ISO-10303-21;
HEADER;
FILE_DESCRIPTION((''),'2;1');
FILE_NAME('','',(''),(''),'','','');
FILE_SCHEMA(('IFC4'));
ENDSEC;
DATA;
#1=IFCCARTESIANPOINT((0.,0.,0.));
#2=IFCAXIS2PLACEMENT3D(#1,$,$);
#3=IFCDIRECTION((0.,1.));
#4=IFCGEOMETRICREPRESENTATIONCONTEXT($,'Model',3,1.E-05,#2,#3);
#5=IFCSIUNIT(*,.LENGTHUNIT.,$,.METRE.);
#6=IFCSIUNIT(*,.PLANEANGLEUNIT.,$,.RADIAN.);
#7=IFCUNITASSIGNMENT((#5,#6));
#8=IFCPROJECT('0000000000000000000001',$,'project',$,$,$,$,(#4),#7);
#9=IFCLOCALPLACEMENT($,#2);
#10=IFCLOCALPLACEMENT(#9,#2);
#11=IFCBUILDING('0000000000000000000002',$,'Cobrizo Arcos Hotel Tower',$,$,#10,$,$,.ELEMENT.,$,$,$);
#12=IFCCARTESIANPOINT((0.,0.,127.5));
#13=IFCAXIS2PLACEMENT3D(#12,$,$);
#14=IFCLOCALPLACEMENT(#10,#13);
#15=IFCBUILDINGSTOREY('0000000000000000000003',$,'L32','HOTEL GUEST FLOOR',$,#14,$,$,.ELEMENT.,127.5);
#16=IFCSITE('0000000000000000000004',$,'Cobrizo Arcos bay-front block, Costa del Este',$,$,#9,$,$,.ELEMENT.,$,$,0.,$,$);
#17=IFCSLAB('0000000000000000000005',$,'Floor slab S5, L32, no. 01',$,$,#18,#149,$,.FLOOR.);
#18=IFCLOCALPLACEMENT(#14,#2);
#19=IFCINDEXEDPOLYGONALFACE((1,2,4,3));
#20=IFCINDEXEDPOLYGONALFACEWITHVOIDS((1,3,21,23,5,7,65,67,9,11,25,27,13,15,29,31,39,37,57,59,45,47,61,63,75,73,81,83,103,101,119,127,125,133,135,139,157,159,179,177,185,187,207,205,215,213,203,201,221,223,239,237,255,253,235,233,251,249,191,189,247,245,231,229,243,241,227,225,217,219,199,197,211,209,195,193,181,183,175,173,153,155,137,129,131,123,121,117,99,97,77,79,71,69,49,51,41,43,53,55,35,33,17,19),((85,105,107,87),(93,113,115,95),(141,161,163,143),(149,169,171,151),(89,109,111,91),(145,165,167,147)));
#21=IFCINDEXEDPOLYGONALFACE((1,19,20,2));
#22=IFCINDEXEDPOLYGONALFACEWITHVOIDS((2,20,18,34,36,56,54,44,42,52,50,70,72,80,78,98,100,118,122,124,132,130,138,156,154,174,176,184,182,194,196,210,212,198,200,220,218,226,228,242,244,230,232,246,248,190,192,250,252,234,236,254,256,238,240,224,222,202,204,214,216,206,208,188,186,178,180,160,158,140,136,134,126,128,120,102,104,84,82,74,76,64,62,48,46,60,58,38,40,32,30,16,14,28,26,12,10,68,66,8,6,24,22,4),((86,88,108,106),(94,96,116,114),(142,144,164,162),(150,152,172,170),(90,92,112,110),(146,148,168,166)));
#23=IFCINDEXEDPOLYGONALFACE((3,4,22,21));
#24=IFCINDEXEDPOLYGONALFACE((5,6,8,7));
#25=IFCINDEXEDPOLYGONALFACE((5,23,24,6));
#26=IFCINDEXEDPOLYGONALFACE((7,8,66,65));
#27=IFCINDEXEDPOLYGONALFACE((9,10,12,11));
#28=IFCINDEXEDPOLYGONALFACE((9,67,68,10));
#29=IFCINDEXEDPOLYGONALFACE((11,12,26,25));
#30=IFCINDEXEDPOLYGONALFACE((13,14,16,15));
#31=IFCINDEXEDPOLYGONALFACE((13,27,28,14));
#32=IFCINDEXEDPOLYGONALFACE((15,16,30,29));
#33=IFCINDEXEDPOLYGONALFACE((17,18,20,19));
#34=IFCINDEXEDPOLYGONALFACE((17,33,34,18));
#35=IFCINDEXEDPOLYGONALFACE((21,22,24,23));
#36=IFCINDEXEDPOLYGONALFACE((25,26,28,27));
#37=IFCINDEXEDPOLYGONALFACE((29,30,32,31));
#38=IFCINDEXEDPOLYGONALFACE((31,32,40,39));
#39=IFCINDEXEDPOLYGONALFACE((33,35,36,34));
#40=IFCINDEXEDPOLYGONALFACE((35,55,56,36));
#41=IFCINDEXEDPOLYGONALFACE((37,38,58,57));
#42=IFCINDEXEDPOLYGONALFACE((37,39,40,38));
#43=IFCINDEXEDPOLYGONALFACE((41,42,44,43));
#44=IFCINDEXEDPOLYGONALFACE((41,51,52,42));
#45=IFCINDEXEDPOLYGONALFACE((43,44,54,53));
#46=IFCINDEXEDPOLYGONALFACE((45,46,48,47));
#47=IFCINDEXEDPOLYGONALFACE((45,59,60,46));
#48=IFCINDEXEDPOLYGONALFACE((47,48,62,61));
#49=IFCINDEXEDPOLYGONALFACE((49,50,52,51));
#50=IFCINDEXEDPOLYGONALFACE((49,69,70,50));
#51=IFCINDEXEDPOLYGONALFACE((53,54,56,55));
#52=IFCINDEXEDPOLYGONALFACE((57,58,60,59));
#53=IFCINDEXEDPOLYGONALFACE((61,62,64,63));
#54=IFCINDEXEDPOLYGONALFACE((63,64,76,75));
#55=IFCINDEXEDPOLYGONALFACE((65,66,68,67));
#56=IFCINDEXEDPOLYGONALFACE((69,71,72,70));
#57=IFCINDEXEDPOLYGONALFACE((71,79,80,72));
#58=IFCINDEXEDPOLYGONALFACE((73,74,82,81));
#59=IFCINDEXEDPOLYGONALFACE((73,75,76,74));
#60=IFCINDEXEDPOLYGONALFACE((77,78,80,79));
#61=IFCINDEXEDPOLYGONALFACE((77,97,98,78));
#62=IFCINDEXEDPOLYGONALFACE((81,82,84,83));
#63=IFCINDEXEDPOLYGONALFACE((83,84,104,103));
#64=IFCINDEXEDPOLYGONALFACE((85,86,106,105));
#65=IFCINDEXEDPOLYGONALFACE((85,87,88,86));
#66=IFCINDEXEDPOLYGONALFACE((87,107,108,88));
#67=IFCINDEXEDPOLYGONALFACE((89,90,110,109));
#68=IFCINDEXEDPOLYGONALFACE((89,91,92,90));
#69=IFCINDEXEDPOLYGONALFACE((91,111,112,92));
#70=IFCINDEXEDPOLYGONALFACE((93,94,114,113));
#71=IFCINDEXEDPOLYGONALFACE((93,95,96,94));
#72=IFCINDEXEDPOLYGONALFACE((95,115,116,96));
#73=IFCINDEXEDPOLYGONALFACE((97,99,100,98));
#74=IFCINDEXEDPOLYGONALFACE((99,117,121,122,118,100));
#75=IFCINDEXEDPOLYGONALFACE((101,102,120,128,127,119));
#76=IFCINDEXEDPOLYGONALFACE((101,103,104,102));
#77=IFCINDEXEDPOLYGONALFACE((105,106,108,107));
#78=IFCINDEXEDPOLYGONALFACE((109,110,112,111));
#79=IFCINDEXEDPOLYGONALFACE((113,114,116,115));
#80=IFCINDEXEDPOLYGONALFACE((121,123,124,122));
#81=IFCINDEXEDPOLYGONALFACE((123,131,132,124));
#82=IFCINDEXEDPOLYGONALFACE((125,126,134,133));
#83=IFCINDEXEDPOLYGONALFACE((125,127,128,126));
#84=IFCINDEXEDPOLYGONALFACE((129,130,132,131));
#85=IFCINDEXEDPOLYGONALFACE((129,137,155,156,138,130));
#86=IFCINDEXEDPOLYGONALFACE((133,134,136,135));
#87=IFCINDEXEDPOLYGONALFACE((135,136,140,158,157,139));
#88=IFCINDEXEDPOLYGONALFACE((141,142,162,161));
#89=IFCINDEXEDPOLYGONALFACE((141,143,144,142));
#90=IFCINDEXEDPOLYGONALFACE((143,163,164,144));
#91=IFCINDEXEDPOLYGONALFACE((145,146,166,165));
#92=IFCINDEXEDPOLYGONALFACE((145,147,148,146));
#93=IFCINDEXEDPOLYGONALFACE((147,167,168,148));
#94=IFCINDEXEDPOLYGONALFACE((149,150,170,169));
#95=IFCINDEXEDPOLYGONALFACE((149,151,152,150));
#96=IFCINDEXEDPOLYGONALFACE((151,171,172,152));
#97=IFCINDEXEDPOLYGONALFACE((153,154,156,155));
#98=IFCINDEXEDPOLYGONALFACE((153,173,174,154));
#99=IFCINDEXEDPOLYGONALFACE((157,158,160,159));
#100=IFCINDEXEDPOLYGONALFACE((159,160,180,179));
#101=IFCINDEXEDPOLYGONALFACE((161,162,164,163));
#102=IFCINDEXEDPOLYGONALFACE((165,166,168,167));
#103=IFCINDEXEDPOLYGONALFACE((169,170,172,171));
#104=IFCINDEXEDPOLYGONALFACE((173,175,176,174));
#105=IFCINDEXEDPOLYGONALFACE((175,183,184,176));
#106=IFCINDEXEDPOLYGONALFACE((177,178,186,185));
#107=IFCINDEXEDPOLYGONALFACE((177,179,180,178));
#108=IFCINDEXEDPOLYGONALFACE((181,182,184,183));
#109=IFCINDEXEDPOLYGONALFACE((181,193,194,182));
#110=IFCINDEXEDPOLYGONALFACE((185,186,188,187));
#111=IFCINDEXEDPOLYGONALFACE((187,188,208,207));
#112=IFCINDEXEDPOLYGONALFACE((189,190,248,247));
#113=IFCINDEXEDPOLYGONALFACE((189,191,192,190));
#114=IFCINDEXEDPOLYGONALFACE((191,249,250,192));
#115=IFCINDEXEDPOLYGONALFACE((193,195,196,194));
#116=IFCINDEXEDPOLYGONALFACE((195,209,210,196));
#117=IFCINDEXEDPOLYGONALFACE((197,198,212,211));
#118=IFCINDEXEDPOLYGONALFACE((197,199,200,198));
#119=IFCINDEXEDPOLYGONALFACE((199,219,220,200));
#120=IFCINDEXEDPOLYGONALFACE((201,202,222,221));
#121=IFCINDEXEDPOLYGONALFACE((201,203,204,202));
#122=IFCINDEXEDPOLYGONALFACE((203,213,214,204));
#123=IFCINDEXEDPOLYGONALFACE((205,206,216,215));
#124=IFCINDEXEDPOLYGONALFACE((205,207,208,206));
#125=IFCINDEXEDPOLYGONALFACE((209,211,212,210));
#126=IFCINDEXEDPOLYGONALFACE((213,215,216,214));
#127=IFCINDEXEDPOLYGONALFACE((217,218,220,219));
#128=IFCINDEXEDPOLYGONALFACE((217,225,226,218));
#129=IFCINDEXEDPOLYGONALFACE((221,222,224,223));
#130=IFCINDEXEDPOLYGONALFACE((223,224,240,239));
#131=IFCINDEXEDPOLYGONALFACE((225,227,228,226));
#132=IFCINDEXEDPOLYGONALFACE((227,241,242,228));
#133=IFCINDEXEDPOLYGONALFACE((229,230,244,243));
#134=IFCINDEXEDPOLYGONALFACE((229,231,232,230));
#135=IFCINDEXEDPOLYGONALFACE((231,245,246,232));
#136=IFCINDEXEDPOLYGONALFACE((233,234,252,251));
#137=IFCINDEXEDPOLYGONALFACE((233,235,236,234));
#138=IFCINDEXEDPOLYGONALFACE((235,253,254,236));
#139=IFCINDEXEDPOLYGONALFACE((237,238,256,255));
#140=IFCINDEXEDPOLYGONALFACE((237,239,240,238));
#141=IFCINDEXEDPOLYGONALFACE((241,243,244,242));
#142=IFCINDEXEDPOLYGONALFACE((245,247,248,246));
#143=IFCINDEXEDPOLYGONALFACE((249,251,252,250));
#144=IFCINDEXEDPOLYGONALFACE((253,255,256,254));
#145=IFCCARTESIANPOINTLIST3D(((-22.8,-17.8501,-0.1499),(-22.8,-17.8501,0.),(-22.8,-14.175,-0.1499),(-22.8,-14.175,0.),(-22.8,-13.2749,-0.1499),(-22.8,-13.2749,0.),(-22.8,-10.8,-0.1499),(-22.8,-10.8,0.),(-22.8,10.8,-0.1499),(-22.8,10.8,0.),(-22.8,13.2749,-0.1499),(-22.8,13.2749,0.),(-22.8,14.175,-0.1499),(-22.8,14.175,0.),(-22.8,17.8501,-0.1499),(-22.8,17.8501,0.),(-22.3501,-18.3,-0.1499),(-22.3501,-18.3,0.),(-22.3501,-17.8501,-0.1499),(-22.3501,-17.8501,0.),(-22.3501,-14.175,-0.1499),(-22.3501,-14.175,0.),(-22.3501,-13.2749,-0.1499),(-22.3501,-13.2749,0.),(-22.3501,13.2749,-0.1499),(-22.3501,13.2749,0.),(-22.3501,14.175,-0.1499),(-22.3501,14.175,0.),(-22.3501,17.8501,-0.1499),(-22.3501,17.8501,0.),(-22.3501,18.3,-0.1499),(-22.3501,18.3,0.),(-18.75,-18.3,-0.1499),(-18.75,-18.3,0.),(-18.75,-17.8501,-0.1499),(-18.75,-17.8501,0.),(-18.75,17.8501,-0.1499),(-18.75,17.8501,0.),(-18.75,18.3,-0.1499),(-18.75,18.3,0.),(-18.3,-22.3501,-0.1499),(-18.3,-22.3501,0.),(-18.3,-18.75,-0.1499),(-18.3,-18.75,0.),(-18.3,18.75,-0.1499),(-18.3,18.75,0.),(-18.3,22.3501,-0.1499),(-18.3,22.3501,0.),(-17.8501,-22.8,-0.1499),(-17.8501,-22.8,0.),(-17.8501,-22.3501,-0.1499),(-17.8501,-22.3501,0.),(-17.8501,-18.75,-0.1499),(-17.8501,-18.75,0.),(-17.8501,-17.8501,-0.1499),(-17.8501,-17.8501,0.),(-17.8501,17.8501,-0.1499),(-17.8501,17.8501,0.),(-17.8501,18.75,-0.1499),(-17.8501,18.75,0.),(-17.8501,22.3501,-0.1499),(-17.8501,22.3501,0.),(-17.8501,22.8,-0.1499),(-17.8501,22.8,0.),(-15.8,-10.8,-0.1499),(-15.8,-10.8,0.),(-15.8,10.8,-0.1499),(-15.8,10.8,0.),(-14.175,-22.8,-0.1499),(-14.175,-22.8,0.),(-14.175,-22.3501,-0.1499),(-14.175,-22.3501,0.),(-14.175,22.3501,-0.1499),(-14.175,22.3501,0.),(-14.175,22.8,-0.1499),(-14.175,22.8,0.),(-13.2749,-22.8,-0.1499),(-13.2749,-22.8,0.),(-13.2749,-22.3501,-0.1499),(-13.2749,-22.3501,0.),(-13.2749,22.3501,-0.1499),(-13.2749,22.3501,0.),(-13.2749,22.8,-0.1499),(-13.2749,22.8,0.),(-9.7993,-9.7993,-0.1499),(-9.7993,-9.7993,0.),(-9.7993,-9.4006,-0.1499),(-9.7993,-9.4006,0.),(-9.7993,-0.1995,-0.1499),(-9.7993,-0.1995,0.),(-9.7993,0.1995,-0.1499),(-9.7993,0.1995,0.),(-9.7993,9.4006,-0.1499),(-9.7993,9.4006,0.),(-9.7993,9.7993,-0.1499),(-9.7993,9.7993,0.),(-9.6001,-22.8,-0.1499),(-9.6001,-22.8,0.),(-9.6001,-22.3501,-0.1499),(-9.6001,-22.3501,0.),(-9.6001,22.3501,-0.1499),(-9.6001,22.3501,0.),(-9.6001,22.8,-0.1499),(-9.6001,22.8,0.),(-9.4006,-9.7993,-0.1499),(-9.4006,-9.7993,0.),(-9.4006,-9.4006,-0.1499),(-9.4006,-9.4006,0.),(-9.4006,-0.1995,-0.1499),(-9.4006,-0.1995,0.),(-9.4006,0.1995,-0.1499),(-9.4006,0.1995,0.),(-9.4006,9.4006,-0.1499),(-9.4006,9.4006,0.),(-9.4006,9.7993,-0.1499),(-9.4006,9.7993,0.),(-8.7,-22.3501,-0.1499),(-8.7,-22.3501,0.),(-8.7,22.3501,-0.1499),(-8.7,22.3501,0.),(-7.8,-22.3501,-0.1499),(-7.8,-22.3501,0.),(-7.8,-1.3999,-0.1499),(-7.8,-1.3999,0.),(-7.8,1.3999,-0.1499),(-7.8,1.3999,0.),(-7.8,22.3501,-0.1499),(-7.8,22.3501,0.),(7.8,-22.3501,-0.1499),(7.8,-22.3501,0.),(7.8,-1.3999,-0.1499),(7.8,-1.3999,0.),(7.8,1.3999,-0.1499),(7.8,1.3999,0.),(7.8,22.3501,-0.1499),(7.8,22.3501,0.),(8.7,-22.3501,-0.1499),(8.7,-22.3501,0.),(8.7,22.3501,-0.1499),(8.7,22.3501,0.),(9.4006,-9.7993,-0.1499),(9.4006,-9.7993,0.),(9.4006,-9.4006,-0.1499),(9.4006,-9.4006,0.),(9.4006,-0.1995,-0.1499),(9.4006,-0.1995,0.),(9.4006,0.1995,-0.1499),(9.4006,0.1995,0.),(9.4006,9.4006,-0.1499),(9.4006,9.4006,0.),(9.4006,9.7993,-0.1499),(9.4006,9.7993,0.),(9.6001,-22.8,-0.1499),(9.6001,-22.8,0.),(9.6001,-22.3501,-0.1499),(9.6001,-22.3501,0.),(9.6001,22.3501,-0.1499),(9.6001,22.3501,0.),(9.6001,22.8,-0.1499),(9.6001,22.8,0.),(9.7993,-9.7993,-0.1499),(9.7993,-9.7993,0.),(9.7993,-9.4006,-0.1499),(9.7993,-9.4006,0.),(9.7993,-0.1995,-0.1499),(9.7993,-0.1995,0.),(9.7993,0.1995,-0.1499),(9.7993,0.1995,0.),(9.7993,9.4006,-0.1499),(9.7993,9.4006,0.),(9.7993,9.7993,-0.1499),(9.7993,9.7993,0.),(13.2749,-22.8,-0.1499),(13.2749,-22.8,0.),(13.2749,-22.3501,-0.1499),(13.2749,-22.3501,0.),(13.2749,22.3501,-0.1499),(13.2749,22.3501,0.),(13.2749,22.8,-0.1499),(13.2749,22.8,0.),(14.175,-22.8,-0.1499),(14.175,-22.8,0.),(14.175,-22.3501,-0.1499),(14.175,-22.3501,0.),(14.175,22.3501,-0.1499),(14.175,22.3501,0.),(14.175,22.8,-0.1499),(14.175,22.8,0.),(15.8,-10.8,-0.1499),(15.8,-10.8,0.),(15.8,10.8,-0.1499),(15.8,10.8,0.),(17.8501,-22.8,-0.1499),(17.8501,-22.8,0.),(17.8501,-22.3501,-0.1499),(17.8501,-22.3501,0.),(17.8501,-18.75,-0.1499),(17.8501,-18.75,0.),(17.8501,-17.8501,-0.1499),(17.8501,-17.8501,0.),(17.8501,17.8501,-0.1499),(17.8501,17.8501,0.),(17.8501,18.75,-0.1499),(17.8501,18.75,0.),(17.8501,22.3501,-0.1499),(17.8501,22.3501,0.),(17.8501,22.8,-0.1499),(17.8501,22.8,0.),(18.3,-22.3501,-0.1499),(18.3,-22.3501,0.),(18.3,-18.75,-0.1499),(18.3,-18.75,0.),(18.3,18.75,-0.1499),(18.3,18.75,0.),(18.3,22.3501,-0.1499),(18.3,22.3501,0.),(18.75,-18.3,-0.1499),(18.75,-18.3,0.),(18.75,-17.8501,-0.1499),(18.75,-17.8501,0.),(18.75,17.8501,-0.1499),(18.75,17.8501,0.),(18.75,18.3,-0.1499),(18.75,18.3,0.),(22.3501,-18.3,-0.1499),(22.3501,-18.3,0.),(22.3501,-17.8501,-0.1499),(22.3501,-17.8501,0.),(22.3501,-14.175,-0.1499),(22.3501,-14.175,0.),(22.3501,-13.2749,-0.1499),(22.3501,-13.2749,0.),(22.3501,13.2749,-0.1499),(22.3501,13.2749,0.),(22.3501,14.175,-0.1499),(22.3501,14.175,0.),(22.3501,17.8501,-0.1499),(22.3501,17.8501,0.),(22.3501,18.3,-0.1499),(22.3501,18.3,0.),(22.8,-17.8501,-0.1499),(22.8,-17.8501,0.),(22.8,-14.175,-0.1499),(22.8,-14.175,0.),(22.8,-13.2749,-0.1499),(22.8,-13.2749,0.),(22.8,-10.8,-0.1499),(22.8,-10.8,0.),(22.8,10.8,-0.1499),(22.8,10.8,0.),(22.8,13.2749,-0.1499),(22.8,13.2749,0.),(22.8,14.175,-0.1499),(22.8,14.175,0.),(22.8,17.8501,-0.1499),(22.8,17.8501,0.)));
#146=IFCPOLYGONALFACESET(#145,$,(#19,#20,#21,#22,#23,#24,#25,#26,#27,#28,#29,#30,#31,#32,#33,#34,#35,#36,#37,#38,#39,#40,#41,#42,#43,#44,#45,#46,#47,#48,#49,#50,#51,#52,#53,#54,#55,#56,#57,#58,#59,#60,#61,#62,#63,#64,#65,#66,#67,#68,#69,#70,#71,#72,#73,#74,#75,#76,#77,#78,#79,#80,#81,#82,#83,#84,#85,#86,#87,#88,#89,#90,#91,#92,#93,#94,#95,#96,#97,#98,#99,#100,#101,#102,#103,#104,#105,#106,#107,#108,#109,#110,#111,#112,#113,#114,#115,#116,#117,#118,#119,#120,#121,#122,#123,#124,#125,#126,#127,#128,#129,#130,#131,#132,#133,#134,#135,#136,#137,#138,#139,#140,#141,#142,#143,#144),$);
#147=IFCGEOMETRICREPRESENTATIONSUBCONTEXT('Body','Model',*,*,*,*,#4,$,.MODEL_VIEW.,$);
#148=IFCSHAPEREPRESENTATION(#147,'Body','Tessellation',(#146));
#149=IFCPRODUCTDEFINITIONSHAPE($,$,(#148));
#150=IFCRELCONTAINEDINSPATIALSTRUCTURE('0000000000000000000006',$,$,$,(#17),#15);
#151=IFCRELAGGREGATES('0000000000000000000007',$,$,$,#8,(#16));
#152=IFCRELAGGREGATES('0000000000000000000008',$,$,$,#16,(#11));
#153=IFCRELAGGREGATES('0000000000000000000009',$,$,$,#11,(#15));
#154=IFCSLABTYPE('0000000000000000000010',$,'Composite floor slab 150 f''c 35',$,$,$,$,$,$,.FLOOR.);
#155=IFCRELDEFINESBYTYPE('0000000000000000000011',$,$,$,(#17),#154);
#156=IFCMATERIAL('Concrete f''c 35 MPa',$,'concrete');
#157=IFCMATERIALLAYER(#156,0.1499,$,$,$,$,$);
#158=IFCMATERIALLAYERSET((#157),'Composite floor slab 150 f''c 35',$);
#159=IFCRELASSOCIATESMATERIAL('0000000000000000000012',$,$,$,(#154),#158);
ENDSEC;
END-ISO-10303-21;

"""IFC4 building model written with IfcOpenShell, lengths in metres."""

from ifc_helpers import new_model, si_unit, direction, frame, origin, place, context, subcontext, project, spatial, polyline, outline, extrude, material, layer, layer_set, type_object, element, save


model = new_model("IFC4")

# Units and contexts
model_context = context("Model", 3, precision=1e-05, world=origin(), true_north=direction((0.0, 1.0)))
body_context = subcontext(model_context, "Body", "Model", "MODEL_VIEW")
ifc_project = project(units=[si_unit("LENGTHUNIT", "METRE"), si_unit("PLANEANGLEUNIT", "RADIAN")], contexts=[model_context])

# Site, building, storey
site_placement = place(None, origin())
site = spatial("IfcSite", under=ifc_project, at=site_placement, Name="Cobrizo Arcos bay-front block, Costa del Este", CompositionType="ELEMENT", RefElevation=0.0)
building_placement = place(site_placement, origin())
building = spatial("IfcBuilding", under=site, at=building_placement, Name="Cobrizo Arcos Hotel Tower", CompositionType="ELEMENT")
storey_placement = place(building_placement, frame((0.0, 0.0, 127.5)))
storey = spatial("IfcBuildingStorey", under=building, at=storey_placement, Name="L32", Description="HOTEL GUEST FLOOR", CompositionType="ELEMENT", Elevation=127.5)

# Slab
ifc_material_1 = material(Name="Concrete f'c 35 MPa", Category="concrete")
ifc_layer_1 = layer(ifc_material_1, 0.1499)
ifc_layer_set_1 = layer_set([ifc_layer_1], Name="Composite floor slab 150 f'c 35")
slab_type_1 = type_object("IfcSlabType", Name="Composite floor slab 150 f'c 35", PredefinedType="FLOOR", material=ifc_layer_set_1)
slab_1_placement = place(storey_placement, frame((0.0, 0.0, -0.1499)))
element("IfcSlab", 1, at=slab_1_placement, inside=storey, type_object=slab_type_1, Name="Floor slab S5, L32, no. 01", PredefinedType="FLOOR", context=body_context, shape_type="SweptSolid", body=[
    extrude(outline(polyline([(22.3501, 18.3), (22.3501, 17.8501), (22.8, 17.8501), (22.8, 14.175), (22.3501, 14.175), (22.3501, 13.2749), (22.8, 13.2749), (22.8, 10.8), (15.8, 10.8), (15.8, -10.8), (22.8, -10.8), (22.8, -13.2749), (22.3501, -13.2749), (22.3501, -14.175), (22.8, -14.175), (22.8, -17.8501), (22.3501, -17.8501), (22.3501, -18.3), (18.75, -18.3), (18.75, -17.8501), (17.8501, -17.8501), (17.8501, -18.75), (18.3, -18.75), (18.3, -22.3501), (17.8501, -22.3501), (17.8501, -22.8), (14.175, -22.8), (14.175, -22.3501), (13.2749, -22.3501), (13.2749, -22.8), (9.6001, -22.8), (9.6001, -22.3501), (8.7, -22.3501), (7.8, -22.3501), (7.8, -22.8), (7.8, -22.8), (7.8, -1.3999), (-7.8, -1.3999), (-7.8, -22.8), (-7.8, -22.8), (-7.8, -22.3501), (-8.7, -22.3501), (-9.6001, -22.3501), (-9.6001, -22.8), (-13.2749, -22.8), (-13.2749, -22.3501), (-14.175, -22.3501), (-14.175, -22.8), (-17.8501, -22.8), (-17.8501, -22.3501), (-18.3, -22.3501), (-18.3, -18.75), (-17.8501, -18.75), (-17.8501, -17.8501), (-18.75, -17.8501), (-18.75, -18.3), (-22.3501, -18.3), (-22.3501, -17.8501), (-22.8, -17.8501), (-22.8, -14.175), (-22.3501, -14.175), (-22.3501, -13.2749), (-22.8, -13.2749), (-22.8, -10.8), (-15.8, -10.8), (-15.8, 10.8), (-22.8, 10.8), (-22.8, 13.2749), (-22.3501, 13.2749), (-22.3501, 14.175), (-22.8, 14.175), (-22.8, 17.8501), (-22.3501, 17.8501), (-22.3501, 18.3), (-18.75, 18.3), (-18.75, 17.8501), (-17.8501, 17.8501), (-17.8501, 18.75), (-18.3, 18.75), (-18.3, 22.3501), (-17.8501, 22.3501), (-17.8501, 22.8), (-14.175, 22.8), (-14.175, 22.3501), (-13.2749, 22.3501), (-13.2749, 22.8), (-9.6001, 22.8), (-9.6001, 22.3501), (-8.7, 22.3501), (-7.8, 22.3501), (-7.8, 22.8), (-7.8, 22.8), (-7.8, 1.3999), (7.8, 1.3999), (7.8, 22.8), (7.8, 22.8), (7.8, 22.3501), (8.7, 22.3501), (9.6001, 22.3501), (9.6001, 22.8), (13.2749, 22.8), (13.2749, 22.3501), (14.175, 22.3501), (14.175, 22.8), (17.8501, 22.8), (17.8501, 22.3501), (18.3, 22.3501), (18.3, 18.75), (17.8501, 18.75), (17.8501, 17.8501), (18.75, 17.8501), (18.75, 18.3), (22.3501, 18.3)]), holes=[polyline([(-9.7993, -9.7993), (-9.4006, -9.7993), (-9.4006, -9.4006), (-9.7993, -9.4006), (-9.7993, -9.7993)]), polyline([(-9.4006, -0.1995), (-9.4006, 0.1995), (-9.7993, 0.1995), (-9.7993, -0.1995), (-9.4006, -0.1995)]), polyline([(-9.4006, 9.4006), (-9.4006, 9.7993), (-9.7993, 9.7993), (-9.7993, 9.4006), (-9.4006, 9.4006)]), polyline([(9.4006, -9.7993), (9.7993, -9.7993), (9.7993, -9.4006), (9.4006, -9.4006), (9.4006, -9.7993)]), polyline([(9.4006, -0.1995), (9.7993, -0.1995), (9.7993, 0.1995), (9.4006, 0.1995), (9.4006, -0.1995)]), polyline([(9.7993, 9.4006), (9.7993, 9.7993), (9.4006, 9.7993), (9.4006, 9.4006), (9.7993, 9.4006)])]), origin(), (0.0, 0.0, 1.0), 0.1499),
])

save(model, "model.ifc")
